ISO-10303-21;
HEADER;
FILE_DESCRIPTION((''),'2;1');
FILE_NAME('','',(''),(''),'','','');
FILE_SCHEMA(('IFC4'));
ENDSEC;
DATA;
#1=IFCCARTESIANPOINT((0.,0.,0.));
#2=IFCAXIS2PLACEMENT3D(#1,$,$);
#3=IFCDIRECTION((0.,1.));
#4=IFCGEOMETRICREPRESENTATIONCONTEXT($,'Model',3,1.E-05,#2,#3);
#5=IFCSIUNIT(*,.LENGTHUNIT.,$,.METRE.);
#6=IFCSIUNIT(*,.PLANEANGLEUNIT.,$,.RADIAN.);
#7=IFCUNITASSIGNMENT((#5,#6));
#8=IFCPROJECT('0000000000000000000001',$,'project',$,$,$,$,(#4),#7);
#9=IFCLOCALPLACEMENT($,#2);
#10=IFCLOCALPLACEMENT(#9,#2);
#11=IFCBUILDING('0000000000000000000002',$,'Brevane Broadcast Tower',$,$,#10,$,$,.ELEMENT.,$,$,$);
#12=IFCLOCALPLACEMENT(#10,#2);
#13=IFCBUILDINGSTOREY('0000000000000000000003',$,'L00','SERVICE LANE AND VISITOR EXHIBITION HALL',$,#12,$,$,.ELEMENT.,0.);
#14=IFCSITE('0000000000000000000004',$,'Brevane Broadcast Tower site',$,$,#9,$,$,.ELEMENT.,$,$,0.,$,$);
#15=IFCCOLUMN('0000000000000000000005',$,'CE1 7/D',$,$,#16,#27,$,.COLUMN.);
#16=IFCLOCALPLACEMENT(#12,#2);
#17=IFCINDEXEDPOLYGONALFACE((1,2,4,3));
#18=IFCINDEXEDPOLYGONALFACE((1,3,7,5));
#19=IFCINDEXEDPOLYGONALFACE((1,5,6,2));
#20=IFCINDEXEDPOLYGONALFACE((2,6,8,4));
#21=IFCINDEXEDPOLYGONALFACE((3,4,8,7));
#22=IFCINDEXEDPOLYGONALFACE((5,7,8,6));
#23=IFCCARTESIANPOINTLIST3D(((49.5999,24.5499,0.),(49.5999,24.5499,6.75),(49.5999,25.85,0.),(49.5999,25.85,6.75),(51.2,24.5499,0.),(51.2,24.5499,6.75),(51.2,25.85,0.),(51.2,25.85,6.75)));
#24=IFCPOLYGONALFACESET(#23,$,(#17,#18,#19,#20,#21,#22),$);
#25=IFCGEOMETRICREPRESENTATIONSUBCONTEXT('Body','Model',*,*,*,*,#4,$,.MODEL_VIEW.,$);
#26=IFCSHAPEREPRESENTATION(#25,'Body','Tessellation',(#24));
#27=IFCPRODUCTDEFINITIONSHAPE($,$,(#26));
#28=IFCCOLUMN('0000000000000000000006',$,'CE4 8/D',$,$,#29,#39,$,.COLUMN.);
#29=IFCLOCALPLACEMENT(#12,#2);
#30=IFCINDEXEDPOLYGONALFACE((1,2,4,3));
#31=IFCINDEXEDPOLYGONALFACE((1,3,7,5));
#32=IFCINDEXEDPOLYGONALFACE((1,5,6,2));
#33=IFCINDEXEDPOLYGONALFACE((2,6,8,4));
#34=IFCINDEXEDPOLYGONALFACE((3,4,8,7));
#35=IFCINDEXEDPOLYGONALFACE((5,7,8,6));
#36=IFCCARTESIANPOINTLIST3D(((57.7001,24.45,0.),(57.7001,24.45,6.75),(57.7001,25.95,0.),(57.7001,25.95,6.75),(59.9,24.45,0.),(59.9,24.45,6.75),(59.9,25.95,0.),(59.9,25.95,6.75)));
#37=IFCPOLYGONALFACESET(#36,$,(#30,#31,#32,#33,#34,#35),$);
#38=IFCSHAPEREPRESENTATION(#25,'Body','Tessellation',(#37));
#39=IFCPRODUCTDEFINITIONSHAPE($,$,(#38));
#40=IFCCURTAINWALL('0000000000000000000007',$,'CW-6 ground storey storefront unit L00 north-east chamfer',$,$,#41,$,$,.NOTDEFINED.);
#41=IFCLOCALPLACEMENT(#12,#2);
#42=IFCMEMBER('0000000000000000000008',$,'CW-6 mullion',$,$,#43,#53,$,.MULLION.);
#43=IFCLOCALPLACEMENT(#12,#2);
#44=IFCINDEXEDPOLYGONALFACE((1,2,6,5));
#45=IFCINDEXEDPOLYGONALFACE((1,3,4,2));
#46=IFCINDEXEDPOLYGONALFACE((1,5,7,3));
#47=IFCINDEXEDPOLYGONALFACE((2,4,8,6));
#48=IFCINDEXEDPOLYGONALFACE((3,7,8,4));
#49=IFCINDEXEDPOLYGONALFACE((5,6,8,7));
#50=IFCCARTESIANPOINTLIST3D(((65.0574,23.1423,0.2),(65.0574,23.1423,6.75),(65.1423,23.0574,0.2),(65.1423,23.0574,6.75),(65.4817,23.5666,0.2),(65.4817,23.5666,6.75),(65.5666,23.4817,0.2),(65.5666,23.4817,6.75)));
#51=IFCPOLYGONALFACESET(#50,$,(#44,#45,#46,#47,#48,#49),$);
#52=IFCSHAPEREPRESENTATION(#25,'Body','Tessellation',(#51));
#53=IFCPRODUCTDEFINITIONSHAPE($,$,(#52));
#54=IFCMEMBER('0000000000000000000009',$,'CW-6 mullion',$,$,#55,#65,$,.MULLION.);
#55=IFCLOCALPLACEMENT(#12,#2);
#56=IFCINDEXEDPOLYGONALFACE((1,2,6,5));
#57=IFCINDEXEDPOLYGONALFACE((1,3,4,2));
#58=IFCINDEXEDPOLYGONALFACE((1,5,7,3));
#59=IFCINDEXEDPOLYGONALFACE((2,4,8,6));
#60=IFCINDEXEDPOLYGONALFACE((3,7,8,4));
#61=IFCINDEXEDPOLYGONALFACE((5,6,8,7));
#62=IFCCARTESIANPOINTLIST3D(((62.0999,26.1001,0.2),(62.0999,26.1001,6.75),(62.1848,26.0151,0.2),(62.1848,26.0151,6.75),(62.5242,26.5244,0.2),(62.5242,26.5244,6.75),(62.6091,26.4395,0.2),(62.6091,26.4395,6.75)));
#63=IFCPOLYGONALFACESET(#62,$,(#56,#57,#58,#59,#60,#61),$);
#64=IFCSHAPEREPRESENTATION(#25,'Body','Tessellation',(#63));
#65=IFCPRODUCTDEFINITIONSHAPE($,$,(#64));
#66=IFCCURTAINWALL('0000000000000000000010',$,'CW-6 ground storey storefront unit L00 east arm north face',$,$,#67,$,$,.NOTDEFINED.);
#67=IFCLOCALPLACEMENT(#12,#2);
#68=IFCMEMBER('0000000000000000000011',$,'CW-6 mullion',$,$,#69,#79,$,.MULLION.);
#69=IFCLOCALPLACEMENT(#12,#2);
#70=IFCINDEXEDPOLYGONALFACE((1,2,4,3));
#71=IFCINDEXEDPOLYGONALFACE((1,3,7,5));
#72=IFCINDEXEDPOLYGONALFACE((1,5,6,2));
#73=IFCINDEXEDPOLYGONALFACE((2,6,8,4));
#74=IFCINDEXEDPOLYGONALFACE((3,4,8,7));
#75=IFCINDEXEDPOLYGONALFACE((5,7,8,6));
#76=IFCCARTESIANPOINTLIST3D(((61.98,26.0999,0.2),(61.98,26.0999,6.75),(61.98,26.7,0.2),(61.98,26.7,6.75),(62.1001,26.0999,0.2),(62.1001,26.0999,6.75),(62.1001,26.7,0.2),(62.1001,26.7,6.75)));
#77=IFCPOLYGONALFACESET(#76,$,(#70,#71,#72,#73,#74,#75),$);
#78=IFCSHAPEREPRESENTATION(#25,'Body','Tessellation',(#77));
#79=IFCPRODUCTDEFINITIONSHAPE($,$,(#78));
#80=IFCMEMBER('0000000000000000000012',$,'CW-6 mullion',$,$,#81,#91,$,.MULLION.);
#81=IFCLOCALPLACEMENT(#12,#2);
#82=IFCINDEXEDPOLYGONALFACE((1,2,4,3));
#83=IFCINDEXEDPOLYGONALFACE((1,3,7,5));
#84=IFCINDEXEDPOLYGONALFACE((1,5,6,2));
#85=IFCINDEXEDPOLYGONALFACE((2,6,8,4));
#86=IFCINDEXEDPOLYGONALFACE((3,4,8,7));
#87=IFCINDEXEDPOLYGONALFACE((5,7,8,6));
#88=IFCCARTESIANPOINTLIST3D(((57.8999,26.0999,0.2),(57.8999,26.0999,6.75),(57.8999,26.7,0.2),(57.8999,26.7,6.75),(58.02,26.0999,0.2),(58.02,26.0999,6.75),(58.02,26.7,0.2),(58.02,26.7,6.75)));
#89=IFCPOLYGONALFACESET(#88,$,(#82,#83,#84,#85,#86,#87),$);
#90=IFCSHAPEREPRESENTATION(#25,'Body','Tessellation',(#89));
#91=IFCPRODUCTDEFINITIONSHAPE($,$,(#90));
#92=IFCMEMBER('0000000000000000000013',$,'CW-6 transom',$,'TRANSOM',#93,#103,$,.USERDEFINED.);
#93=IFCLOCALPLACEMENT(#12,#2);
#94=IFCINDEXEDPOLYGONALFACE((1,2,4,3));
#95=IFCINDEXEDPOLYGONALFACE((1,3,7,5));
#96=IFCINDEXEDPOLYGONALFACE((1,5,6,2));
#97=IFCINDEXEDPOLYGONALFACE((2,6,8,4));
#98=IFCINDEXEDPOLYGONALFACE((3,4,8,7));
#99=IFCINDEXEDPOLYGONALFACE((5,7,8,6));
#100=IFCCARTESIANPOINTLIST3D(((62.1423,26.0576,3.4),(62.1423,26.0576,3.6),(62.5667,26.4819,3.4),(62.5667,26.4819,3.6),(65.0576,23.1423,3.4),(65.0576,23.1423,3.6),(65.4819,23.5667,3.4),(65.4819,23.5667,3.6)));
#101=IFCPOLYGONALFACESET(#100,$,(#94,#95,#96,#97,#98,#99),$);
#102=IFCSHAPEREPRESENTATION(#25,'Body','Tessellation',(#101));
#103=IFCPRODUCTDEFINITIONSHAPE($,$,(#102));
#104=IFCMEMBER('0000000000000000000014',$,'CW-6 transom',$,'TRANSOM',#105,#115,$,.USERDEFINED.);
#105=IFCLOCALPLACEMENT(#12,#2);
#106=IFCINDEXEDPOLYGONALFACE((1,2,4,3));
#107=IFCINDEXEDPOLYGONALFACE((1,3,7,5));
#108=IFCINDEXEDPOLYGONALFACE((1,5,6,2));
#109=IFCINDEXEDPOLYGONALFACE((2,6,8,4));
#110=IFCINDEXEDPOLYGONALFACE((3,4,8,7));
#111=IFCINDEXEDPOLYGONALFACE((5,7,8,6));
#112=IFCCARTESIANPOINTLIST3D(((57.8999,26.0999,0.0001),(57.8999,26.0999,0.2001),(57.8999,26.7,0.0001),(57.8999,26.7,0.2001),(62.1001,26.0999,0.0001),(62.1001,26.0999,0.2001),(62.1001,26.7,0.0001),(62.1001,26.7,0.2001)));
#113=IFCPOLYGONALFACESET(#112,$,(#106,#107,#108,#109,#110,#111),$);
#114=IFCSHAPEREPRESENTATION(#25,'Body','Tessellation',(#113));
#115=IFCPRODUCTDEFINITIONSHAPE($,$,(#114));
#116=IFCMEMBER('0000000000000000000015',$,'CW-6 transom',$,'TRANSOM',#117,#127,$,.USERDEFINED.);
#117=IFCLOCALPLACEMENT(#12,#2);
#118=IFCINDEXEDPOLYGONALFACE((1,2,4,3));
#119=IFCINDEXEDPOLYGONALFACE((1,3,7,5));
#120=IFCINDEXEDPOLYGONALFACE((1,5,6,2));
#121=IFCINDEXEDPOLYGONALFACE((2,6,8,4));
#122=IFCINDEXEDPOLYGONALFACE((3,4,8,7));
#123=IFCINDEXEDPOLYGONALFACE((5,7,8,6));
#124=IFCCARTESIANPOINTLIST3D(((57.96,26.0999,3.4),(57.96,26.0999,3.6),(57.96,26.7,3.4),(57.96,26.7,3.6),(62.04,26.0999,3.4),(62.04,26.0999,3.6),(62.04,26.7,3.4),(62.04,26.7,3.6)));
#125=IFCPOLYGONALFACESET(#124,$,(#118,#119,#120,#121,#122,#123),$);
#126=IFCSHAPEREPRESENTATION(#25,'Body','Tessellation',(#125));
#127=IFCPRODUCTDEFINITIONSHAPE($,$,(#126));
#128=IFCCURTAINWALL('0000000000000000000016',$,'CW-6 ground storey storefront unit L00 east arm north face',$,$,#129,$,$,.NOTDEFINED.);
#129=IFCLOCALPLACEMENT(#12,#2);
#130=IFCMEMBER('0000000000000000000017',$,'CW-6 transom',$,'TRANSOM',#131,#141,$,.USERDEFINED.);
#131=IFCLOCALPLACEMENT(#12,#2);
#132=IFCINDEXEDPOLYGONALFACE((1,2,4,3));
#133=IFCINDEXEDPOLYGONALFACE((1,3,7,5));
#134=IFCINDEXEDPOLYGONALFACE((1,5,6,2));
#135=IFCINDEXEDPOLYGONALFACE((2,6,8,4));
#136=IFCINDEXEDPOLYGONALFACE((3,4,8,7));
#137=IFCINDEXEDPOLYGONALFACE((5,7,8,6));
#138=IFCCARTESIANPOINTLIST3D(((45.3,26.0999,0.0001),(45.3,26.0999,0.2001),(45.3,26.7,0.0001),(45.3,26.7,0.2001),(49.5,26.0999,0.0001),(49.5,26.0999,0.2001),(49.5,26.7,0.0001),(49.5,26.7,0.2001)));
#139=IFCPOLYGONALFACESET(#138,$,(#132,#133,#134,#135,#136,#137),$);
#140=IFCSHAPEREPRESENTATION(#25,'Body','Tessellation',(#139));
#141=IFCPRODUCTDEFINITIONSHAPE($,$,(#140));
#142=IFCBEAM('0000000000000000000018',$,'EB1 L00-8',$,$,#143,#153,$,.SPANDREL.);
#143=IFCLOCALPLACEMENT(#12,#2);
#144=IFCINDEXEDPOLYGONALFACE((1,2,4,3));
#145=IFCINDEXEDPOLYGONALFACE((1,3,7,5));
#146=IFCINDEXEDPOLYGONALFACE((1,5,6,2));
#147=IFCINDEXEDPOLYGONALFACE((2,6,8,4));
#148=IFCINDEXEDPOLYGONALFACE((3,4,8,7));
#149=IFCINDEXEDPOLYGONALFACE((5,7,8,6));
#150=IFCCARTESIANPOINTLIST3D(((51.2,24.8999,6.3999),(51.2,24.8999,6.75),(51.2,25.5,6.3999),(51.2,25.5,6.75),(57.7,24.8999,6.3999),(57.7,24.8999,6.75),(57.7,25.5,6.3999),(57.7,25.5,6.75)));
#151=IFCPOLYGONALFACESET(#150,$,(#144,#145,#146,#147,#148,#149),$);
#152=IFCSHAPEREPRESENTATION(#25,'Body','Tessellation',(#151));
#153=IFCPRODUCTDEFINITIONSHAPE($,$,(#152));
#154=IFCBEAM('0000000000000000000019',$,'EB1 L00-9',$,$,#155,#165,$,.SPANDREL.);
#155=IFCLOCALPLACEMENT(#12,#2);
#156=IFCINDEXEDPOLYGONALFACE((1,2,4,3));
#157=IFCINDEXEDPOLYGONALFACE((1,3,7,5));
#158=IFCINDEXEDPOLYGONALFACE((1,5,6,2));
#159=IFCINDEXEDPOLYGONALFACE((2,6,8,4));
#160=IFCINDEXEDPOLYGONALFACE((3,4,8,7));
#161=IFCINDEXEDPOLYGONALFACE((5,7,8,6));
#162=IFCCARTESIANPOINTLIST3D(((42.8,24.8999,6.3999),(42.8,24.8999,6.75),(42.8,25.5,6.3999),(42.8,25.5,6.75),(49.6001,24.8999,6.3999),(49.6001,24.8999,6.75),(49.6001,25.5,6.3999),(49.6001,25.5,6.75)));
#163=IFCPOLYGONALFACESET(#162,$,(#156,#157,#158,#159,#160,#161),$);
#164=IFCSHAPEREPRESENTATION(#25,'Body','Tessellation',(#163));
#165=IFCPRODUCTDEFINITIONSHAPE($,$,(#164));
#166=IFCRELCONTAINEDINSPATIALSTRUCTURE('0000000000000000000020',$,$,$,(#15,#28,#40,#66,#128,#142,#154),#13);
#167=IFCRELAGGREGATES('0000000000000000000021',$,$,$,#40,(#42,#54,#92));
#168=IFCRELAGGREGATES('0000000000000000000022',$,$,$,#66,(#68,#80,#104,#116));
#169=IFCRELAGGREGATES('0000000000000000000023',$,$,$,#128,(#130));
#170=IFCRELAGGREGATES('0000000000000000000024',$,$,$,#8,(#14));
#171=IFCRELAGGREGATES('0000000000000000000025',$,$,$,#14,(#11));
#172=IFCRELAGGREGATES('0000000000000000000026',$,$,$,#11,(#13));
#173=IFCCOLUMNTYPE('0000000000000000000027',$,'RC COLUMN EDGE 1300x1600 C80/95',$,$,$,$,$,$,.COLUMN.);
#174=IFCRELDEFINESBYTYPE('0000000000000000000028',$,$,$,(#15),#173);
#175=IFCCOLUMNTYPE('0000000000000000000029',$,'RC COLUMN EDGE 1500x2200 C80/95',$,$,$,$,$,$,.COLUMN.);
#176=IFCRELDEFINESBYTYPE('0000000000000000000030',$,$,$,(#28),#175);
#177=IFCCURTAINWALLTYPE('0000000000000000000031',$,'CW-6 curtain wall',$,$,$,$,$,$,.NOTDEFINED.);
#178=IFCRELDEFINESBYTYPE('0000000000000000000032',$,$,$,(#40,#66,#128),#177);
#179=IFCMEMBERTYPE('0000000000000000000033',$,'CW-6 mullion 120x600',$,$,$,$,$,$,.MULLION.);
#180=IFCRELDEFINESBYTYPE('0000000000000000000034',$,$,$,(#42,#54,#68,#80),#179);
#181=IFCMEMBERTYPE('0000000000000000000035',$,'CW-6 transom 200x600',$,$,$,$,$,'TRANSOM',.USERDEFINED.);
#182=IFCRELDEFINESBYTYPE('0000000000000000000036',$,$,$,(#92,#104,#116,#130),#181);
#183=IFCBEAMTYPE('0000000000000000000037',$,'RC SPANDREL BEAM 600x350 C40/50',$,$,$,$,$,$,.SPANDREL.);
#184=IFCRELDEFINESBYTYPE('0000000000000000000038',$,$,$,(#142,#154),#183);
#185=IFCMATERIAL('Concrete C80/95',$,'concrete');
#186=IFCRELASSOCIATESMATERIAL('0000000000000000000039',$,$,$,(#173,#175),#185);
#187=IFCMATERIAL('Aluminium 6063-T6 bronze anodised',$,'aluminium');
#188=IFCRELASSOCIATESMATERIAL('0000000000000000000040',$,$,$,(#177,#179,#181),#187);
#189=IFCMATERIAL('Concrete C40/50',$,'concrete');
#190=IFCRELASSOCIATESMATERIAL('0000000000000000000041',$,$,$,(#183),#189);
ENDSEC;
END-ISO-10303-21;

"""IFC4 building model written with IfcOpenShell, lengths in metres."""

from ifc_helpers import new_model, si_unit, direction, frame, origin, origin_2d, place, context, subcontext, project, spatial, rectangle, extrude, material, material_profile, profile_set, type_object, element, aggregate, save


model = new_model("IFC4")

# Units and contexts
model_context = context("Model", 3, precision=1e-05, world=origin(), true_north=direction((0.0, 1.0)))
body_context = subcontext(model_context, "Body", "Model", "MODEL_VIEW")
ifc_project = project(units=[si_unit("LENGTHUNIT", "METRE"), si_unit("PLANEANGLEUNIT", "RADIAN")], contexts=[model_context])

# Site, building, storey
site_placement = place(None, origin())
site = spatial("IfcSite", under=ifc_project, at=site_placement, Name="Brevane Broadcast Tower site", CompositionType="ELEMENT", RefElevation=0.0)
building_placement = place(site_placement, origin())
building = spatial("IfcBuilding", under=site, at=building_placement, Name="Brevane Broadcast Tower", CompositionType="ELEMENT")
storey_placement = place(building_placement, origin())
storey = spatial("IfcBuildingStorey", under=building, at=storey_placement, Name="L00", Description="SERVICE LANE AND VISITOR EXHIBITION HALL", CompositionType="ELEMENT", Elevation=0.0)

# Columns
ifc_material_1 = material(Name="Concrete C80/95", Category="concrete")
ifc_material_profile_1 = material_profile(ifc_material_1, rectangle(XDim=1.3, YDim=1.6001, at=origin_2d()), Name="RC 1300x1600")
ifc_profile_set_1 = profile_set([ifc_material_profile_1], Name="Concrete C80/95")
column_type_1 = type_object("IfcColumnType", Name="RC COLUMN EDGE 1300x1600 C80/95", PredefinedType="COLUMN", material=ifc_profile_set_1)
column_1_placement = place(storey_placement, frame((50.3999, 25.2, 0.0), z_axis=(0.0, 0.0, 1.0), x_axis=(0.0, 1.0, 0.0)))
element("IfcColumn", 1, at=column_1_placement, inside=storey, type_object=column_type_1, Name="CE1 7/D", PredefinedType="COLUMN", context=body_context, shape_type="SweptSolid", body=[
    extrude(rectangle(XDim=1.3, YDim=1.6001, at=origin_2d()), origin(), (0.0, 0.0, 1.0), 6.75),
])
ifc_material_profile_2 = material_profile(ifc_material_1, rectangle(XDim=1.5, YDim=2.2, at=origin_2d()), Name="RC 1500x2200")
ifc_profile_set_2 = profile_set([ifc_material_profile_2], Name="Concrete C80/95")
column_type_2 = type_object("IfcColumnType", Name="RC COLUMN EDGE 1500x2200 C80/95", PredefinedType="COLUMN", material=ifc_profile_set_2)
column_2_placement = place(storey_placement, frame((58.8, 25.2, 0.0), z_axis=(0.0, 0.0, 1.0), x_axis=(0.0, 1.0, 0.0)))
element("IfcColumn", 2, at=column_2_placement, inside=storey, type_object=column_type_2, Name="CE4 8/D", PredefinedType="COLUMN", context=body_context, shape_type="SweptSolid", body=[
    extrude(rectangle(XDim=1.5, YDim=2.2, at=origin_2d()), origin(), (0.0, 0.0, 1.0), 6.75),
])

# Curtain walls, members
ifc_material_2 = material(Name="Aluminium 6063-T6 bronze anodised", Category="aluminium")
curtain_wall_type = type_object("IfcCurtainWallType", Name="CW-6 curtain wall", PredefinedType="NOTDEFINED", material=ifc_material_2)
curtain_wall_1_placement = place(storey_placement, origin())
curtain_wall_1 = element("IfcCurtainWall", 3, at=curtain_wall_1_placement, inside=storey, type_object=curtain_wall_type, Name="CW-6 ground storey storefront unit L00 north-east chamfer", PredefinedType="NOTDEFINED")
ifc_material_profile_3 = material_profile(ifc_material_2, rectangle(XDim=0.6001, YDim=0.1201, at=origin_2d()), Name="RECT 120x600")
ifc_profile_set_3 = profile_set([ifc_material_profile_3], Name="Aluminium 6063-T6 bronze anodised")
member_type_1 = type_object("IfcMemberType", Name="CW-6 mullion 120x600", PredefinedType="MULLION", material=ifc_profile_set_3)
member_1_placement = place(storey_placement, frame((65.312, 23.312, 0.2), z_axis=(0.0, 0.0, 1.0), x_axis=(-0.707107, -0.707107, 0.0)))
member_1 = element("IfcMember", 4, at=member_1_placement, type_object=member_type_1, Name="CW-6 mullion", PredefinedType="MULLION", context=body_context, shape_type="SweptSolid", body=[
    extrude(rectangle(XDim=0.6001, YDim=0.1201, at=origin_2d()), origin(), (0.0, 0.0, 1.0), 6.55),
])
member_2_placement = place(storey_placement, frame((62.3545, 26.2698, 0.2), z_axis=(0.0, 0.0, 1.0), x_axis=(-0.707107, -0.707107, 0.0)))
member_2 = element("IfcMember", 5, at=member_2_placement, type_object=member_type_1, Name="CW-6 mullion", PredefinedType="MULLION", context=body_context, shape_type="SweptSolid", body=[
    extrude(rectangle(XDim=0.6001, YDim=0.1201, at=origin_2d()), origin(), (0.0, 0.0, 1.0), 6.55),
])
curtain_wall_2_placement = place(storey_placement, origin())
curtain_wall_2 = element("IfcCurtainWall", 6, at=curtain_wall_2_placement, inside=storey, type_object=curtain_wall_type, Name="CW-6 ground storey storefront unit L00 east arm north face", PredefinedType="NOTDEFINED")
member_3_placement = place(storey_placement, frame((62.04, 26.3999, 0.2), z_axis=(0.0, 0.0, 1.0), x_axis=(0.0, -1.0, 0.0)))
member_3 = element("IfcMember", 7, at=member_3_placement, type_object=member_type_1, Name="CW-6 mullion", PredefinedType="MULLION", context=body_context, shape_type="SweptSolid", body=[
    extrude(rectangle(XDim=0.6001, YDim=0.1201, at=origin_2d()), origin(), (0.0, 0.0, 1.0), 6.55),
])
member_4_placement = place(storey_placement, frame((57.96, 26.3999, 0.2), z_axis=(0.0, 0.0, 1.0), x_axis=(0.0, -1.0, 0.0)))
member_4 = element("IfcMember", 8, at=member_4_placement, type_object=member_type_1, Name="CW-6 mullion", PredefinedType="MULLION", context=body_context, shape_type="SweptSolid", body=[
    extrude(rectangle(XDim=0.6001, YDim=0.1201, at=origin_2d()), origin(), (0.0, 0.0, 1.0), 6.55),
])

# Members
ifc_material_profile_4 = material_profile(ifc_material_2, rectangle(XDim=0.6001, YDim=0.2, at=origin_2d()), Name="RECT 200x600")
ifc_profile_set_4 = profile_set([ifc_material_profile_4], Name="Aluminium 6063-T6 bronze anodised")
member_type_2 = type_object("IfcMemberType", Name="CW-6 transom 200x600", ElementType="TRANSOM", PredefinedType="USERDEFINED", material=ifc_profile_set_4)
member_5_placement = place(storey_placement, frame((65.2698, 23.3545, 3.5), z_axis=(-0.707107, 0.707107, 0.0), x_axis=(-0.707107, -0.707107, 0.0)))
member_5 = element("IfcMember", 9, at=member_5_placement, type_object=member_type_2, Name="CW-6 transom", ObjectType="TRANSOM", PredefinedType="USERDEFINED", context=body_context, shape_type="SweptSolid", body=[
    extrude(rectangle(XDim=0.6001, YDim=0.2, at=origin_2d()), origin(), (0.0, 0.0, 1.0), 4.1228),
])
aggregate(curtain_wall_1, [member_1, member_2, member_5])
member_6_placement = place(storey_placement, frame((62.1001, 26.3999, 0.1001), z_axis=(-1.0, 0.0, 0.0), x_axis=(0.0, -1.0, 0.0)))
member_6 = element("IfcMember", 10, at=member_6_placement, type_object=member_type_2, Name="CW-6 transom", ObjectType="TRANSOM", PredefinedType="USERDEFINED", context=body_context, shape_type="SweptSolid", body=[
    extrude(rectangle(XDim=0.6001, YDim=0.2, at=origin_2d()), origin(), (0.0, 0.0, 1.0), 4.2002),
])
member_7_placement = place(storey_placement, frame((62.04, 26.3999, 3.5), z_axis=(-1.0, 0.0, 0.0), x_axis=(0.0, -1.0, 0.0)))
member_7 = element("IfcMember", 11, at=member_7_placement, type_object=member_type_2, Name="CW-6 transom", ObjectType="TRANSOM", PredefinedType="USERDEFINED", context=body_context, shape_type="SweptSolid", body=[
    extrude(rectangle(XDim=0.6001, YDim=0.2, at=origin_2d()), origin(), (0.0, 0.0, 1.0), 4.0801),
])
aggregate(curtain_wall_2, [member_3, member_4, member_6, member_7])

# Curtain wall, member
curtain_wall_3_placement = place(storey_placement, origin())
curtain_wall_3 = element("IfcCurtainWall", 12, at=curtain_wall_3_placement, inside=storey, type_object=curtain_wall_type, Name="CW-6 ground storey storefront unit L00 east arm north face", PredefinedType="NOTDEFINED")
member_8_placement = place(storey_placement, frame((49.5, 26.3999, 0.1001), z_axis=(-1.0, 0.0, 0.0), x_axis=(0.0, -1.0, 0.0)))
member_8 = element("IfcMember", 13, at=member_8_placement, type_object=member_type_2, Name="CW-6 transom", ObjectType="TRANSOM", PredefinedType="USERDEFINED", context=body_context, shape_type="SweptSolid", body=[
    extrude(rectangle(XDim=0.6001, YDim=0.2, at=origin_2d()), origin(), (0.0, 0.0, 1.0), 4.2),
])
aggregate(curtain_wall_3, [member_8])

# Beams
ifc_material_3 = material(Name="Concrete C40/50", Category="concrete")
ifc_material_profile_5 = material_profile(ifc_material_3, rectangle(XDim=0.6001, YDim=0.3501, at=origin_2d()), Name="RC 600x350")
ifc_profile_set_5 = profile_set([ifc_material_profile_5], Name="Concrete C40/50")
beam_type = type_object("IfcBeamType", Name="RC SPANDREL BEAM 600x350 C40/50", PredefinedType="SPANDREL", material=ifc_profile_set_5)
beam_1_placement = place(storey_placement, frame((57.7, 25.2, 6.575), z_axis=(-1.0, 0.0, 0.0), x_axis=(0.0, -1.0, 0.0)))
element("IfcBeam", 14, at=beam_1_placement, inside=storey, type_object=beam_type, Name="EB1 L00-8", PredefinedType="SPANDREL", context=body_context, shape_type="SweptSolid", body=[
    extrude(rectangle(XDim=0.6001, YDim=0.3501, at=origin_2d()), origin(), (0.0, 0.0, 1.0), 6.5),
])
beam_2_placement = place(storey_placement, frame((49.6001, 25.2, 6.575), z_axis=(-1.0, 0.0, 0.0), x_axis=(0.0, -1.0, 0.0)))
element("IfcBeam", 15, at=beam_2_placement, inside=storey, type_object=beam_type, Name="EB1 L00-9", PredefinedType="SPANDREL", context=body_context, shape_type="SweptSolid", body=[
    extrude(rectangle(XDim=0.6001, YDim=0.3501, at=origin_2d()), origin(), (0.0, 0.0, 1.0), 6.8),
])

save(model, "model.ifc")
